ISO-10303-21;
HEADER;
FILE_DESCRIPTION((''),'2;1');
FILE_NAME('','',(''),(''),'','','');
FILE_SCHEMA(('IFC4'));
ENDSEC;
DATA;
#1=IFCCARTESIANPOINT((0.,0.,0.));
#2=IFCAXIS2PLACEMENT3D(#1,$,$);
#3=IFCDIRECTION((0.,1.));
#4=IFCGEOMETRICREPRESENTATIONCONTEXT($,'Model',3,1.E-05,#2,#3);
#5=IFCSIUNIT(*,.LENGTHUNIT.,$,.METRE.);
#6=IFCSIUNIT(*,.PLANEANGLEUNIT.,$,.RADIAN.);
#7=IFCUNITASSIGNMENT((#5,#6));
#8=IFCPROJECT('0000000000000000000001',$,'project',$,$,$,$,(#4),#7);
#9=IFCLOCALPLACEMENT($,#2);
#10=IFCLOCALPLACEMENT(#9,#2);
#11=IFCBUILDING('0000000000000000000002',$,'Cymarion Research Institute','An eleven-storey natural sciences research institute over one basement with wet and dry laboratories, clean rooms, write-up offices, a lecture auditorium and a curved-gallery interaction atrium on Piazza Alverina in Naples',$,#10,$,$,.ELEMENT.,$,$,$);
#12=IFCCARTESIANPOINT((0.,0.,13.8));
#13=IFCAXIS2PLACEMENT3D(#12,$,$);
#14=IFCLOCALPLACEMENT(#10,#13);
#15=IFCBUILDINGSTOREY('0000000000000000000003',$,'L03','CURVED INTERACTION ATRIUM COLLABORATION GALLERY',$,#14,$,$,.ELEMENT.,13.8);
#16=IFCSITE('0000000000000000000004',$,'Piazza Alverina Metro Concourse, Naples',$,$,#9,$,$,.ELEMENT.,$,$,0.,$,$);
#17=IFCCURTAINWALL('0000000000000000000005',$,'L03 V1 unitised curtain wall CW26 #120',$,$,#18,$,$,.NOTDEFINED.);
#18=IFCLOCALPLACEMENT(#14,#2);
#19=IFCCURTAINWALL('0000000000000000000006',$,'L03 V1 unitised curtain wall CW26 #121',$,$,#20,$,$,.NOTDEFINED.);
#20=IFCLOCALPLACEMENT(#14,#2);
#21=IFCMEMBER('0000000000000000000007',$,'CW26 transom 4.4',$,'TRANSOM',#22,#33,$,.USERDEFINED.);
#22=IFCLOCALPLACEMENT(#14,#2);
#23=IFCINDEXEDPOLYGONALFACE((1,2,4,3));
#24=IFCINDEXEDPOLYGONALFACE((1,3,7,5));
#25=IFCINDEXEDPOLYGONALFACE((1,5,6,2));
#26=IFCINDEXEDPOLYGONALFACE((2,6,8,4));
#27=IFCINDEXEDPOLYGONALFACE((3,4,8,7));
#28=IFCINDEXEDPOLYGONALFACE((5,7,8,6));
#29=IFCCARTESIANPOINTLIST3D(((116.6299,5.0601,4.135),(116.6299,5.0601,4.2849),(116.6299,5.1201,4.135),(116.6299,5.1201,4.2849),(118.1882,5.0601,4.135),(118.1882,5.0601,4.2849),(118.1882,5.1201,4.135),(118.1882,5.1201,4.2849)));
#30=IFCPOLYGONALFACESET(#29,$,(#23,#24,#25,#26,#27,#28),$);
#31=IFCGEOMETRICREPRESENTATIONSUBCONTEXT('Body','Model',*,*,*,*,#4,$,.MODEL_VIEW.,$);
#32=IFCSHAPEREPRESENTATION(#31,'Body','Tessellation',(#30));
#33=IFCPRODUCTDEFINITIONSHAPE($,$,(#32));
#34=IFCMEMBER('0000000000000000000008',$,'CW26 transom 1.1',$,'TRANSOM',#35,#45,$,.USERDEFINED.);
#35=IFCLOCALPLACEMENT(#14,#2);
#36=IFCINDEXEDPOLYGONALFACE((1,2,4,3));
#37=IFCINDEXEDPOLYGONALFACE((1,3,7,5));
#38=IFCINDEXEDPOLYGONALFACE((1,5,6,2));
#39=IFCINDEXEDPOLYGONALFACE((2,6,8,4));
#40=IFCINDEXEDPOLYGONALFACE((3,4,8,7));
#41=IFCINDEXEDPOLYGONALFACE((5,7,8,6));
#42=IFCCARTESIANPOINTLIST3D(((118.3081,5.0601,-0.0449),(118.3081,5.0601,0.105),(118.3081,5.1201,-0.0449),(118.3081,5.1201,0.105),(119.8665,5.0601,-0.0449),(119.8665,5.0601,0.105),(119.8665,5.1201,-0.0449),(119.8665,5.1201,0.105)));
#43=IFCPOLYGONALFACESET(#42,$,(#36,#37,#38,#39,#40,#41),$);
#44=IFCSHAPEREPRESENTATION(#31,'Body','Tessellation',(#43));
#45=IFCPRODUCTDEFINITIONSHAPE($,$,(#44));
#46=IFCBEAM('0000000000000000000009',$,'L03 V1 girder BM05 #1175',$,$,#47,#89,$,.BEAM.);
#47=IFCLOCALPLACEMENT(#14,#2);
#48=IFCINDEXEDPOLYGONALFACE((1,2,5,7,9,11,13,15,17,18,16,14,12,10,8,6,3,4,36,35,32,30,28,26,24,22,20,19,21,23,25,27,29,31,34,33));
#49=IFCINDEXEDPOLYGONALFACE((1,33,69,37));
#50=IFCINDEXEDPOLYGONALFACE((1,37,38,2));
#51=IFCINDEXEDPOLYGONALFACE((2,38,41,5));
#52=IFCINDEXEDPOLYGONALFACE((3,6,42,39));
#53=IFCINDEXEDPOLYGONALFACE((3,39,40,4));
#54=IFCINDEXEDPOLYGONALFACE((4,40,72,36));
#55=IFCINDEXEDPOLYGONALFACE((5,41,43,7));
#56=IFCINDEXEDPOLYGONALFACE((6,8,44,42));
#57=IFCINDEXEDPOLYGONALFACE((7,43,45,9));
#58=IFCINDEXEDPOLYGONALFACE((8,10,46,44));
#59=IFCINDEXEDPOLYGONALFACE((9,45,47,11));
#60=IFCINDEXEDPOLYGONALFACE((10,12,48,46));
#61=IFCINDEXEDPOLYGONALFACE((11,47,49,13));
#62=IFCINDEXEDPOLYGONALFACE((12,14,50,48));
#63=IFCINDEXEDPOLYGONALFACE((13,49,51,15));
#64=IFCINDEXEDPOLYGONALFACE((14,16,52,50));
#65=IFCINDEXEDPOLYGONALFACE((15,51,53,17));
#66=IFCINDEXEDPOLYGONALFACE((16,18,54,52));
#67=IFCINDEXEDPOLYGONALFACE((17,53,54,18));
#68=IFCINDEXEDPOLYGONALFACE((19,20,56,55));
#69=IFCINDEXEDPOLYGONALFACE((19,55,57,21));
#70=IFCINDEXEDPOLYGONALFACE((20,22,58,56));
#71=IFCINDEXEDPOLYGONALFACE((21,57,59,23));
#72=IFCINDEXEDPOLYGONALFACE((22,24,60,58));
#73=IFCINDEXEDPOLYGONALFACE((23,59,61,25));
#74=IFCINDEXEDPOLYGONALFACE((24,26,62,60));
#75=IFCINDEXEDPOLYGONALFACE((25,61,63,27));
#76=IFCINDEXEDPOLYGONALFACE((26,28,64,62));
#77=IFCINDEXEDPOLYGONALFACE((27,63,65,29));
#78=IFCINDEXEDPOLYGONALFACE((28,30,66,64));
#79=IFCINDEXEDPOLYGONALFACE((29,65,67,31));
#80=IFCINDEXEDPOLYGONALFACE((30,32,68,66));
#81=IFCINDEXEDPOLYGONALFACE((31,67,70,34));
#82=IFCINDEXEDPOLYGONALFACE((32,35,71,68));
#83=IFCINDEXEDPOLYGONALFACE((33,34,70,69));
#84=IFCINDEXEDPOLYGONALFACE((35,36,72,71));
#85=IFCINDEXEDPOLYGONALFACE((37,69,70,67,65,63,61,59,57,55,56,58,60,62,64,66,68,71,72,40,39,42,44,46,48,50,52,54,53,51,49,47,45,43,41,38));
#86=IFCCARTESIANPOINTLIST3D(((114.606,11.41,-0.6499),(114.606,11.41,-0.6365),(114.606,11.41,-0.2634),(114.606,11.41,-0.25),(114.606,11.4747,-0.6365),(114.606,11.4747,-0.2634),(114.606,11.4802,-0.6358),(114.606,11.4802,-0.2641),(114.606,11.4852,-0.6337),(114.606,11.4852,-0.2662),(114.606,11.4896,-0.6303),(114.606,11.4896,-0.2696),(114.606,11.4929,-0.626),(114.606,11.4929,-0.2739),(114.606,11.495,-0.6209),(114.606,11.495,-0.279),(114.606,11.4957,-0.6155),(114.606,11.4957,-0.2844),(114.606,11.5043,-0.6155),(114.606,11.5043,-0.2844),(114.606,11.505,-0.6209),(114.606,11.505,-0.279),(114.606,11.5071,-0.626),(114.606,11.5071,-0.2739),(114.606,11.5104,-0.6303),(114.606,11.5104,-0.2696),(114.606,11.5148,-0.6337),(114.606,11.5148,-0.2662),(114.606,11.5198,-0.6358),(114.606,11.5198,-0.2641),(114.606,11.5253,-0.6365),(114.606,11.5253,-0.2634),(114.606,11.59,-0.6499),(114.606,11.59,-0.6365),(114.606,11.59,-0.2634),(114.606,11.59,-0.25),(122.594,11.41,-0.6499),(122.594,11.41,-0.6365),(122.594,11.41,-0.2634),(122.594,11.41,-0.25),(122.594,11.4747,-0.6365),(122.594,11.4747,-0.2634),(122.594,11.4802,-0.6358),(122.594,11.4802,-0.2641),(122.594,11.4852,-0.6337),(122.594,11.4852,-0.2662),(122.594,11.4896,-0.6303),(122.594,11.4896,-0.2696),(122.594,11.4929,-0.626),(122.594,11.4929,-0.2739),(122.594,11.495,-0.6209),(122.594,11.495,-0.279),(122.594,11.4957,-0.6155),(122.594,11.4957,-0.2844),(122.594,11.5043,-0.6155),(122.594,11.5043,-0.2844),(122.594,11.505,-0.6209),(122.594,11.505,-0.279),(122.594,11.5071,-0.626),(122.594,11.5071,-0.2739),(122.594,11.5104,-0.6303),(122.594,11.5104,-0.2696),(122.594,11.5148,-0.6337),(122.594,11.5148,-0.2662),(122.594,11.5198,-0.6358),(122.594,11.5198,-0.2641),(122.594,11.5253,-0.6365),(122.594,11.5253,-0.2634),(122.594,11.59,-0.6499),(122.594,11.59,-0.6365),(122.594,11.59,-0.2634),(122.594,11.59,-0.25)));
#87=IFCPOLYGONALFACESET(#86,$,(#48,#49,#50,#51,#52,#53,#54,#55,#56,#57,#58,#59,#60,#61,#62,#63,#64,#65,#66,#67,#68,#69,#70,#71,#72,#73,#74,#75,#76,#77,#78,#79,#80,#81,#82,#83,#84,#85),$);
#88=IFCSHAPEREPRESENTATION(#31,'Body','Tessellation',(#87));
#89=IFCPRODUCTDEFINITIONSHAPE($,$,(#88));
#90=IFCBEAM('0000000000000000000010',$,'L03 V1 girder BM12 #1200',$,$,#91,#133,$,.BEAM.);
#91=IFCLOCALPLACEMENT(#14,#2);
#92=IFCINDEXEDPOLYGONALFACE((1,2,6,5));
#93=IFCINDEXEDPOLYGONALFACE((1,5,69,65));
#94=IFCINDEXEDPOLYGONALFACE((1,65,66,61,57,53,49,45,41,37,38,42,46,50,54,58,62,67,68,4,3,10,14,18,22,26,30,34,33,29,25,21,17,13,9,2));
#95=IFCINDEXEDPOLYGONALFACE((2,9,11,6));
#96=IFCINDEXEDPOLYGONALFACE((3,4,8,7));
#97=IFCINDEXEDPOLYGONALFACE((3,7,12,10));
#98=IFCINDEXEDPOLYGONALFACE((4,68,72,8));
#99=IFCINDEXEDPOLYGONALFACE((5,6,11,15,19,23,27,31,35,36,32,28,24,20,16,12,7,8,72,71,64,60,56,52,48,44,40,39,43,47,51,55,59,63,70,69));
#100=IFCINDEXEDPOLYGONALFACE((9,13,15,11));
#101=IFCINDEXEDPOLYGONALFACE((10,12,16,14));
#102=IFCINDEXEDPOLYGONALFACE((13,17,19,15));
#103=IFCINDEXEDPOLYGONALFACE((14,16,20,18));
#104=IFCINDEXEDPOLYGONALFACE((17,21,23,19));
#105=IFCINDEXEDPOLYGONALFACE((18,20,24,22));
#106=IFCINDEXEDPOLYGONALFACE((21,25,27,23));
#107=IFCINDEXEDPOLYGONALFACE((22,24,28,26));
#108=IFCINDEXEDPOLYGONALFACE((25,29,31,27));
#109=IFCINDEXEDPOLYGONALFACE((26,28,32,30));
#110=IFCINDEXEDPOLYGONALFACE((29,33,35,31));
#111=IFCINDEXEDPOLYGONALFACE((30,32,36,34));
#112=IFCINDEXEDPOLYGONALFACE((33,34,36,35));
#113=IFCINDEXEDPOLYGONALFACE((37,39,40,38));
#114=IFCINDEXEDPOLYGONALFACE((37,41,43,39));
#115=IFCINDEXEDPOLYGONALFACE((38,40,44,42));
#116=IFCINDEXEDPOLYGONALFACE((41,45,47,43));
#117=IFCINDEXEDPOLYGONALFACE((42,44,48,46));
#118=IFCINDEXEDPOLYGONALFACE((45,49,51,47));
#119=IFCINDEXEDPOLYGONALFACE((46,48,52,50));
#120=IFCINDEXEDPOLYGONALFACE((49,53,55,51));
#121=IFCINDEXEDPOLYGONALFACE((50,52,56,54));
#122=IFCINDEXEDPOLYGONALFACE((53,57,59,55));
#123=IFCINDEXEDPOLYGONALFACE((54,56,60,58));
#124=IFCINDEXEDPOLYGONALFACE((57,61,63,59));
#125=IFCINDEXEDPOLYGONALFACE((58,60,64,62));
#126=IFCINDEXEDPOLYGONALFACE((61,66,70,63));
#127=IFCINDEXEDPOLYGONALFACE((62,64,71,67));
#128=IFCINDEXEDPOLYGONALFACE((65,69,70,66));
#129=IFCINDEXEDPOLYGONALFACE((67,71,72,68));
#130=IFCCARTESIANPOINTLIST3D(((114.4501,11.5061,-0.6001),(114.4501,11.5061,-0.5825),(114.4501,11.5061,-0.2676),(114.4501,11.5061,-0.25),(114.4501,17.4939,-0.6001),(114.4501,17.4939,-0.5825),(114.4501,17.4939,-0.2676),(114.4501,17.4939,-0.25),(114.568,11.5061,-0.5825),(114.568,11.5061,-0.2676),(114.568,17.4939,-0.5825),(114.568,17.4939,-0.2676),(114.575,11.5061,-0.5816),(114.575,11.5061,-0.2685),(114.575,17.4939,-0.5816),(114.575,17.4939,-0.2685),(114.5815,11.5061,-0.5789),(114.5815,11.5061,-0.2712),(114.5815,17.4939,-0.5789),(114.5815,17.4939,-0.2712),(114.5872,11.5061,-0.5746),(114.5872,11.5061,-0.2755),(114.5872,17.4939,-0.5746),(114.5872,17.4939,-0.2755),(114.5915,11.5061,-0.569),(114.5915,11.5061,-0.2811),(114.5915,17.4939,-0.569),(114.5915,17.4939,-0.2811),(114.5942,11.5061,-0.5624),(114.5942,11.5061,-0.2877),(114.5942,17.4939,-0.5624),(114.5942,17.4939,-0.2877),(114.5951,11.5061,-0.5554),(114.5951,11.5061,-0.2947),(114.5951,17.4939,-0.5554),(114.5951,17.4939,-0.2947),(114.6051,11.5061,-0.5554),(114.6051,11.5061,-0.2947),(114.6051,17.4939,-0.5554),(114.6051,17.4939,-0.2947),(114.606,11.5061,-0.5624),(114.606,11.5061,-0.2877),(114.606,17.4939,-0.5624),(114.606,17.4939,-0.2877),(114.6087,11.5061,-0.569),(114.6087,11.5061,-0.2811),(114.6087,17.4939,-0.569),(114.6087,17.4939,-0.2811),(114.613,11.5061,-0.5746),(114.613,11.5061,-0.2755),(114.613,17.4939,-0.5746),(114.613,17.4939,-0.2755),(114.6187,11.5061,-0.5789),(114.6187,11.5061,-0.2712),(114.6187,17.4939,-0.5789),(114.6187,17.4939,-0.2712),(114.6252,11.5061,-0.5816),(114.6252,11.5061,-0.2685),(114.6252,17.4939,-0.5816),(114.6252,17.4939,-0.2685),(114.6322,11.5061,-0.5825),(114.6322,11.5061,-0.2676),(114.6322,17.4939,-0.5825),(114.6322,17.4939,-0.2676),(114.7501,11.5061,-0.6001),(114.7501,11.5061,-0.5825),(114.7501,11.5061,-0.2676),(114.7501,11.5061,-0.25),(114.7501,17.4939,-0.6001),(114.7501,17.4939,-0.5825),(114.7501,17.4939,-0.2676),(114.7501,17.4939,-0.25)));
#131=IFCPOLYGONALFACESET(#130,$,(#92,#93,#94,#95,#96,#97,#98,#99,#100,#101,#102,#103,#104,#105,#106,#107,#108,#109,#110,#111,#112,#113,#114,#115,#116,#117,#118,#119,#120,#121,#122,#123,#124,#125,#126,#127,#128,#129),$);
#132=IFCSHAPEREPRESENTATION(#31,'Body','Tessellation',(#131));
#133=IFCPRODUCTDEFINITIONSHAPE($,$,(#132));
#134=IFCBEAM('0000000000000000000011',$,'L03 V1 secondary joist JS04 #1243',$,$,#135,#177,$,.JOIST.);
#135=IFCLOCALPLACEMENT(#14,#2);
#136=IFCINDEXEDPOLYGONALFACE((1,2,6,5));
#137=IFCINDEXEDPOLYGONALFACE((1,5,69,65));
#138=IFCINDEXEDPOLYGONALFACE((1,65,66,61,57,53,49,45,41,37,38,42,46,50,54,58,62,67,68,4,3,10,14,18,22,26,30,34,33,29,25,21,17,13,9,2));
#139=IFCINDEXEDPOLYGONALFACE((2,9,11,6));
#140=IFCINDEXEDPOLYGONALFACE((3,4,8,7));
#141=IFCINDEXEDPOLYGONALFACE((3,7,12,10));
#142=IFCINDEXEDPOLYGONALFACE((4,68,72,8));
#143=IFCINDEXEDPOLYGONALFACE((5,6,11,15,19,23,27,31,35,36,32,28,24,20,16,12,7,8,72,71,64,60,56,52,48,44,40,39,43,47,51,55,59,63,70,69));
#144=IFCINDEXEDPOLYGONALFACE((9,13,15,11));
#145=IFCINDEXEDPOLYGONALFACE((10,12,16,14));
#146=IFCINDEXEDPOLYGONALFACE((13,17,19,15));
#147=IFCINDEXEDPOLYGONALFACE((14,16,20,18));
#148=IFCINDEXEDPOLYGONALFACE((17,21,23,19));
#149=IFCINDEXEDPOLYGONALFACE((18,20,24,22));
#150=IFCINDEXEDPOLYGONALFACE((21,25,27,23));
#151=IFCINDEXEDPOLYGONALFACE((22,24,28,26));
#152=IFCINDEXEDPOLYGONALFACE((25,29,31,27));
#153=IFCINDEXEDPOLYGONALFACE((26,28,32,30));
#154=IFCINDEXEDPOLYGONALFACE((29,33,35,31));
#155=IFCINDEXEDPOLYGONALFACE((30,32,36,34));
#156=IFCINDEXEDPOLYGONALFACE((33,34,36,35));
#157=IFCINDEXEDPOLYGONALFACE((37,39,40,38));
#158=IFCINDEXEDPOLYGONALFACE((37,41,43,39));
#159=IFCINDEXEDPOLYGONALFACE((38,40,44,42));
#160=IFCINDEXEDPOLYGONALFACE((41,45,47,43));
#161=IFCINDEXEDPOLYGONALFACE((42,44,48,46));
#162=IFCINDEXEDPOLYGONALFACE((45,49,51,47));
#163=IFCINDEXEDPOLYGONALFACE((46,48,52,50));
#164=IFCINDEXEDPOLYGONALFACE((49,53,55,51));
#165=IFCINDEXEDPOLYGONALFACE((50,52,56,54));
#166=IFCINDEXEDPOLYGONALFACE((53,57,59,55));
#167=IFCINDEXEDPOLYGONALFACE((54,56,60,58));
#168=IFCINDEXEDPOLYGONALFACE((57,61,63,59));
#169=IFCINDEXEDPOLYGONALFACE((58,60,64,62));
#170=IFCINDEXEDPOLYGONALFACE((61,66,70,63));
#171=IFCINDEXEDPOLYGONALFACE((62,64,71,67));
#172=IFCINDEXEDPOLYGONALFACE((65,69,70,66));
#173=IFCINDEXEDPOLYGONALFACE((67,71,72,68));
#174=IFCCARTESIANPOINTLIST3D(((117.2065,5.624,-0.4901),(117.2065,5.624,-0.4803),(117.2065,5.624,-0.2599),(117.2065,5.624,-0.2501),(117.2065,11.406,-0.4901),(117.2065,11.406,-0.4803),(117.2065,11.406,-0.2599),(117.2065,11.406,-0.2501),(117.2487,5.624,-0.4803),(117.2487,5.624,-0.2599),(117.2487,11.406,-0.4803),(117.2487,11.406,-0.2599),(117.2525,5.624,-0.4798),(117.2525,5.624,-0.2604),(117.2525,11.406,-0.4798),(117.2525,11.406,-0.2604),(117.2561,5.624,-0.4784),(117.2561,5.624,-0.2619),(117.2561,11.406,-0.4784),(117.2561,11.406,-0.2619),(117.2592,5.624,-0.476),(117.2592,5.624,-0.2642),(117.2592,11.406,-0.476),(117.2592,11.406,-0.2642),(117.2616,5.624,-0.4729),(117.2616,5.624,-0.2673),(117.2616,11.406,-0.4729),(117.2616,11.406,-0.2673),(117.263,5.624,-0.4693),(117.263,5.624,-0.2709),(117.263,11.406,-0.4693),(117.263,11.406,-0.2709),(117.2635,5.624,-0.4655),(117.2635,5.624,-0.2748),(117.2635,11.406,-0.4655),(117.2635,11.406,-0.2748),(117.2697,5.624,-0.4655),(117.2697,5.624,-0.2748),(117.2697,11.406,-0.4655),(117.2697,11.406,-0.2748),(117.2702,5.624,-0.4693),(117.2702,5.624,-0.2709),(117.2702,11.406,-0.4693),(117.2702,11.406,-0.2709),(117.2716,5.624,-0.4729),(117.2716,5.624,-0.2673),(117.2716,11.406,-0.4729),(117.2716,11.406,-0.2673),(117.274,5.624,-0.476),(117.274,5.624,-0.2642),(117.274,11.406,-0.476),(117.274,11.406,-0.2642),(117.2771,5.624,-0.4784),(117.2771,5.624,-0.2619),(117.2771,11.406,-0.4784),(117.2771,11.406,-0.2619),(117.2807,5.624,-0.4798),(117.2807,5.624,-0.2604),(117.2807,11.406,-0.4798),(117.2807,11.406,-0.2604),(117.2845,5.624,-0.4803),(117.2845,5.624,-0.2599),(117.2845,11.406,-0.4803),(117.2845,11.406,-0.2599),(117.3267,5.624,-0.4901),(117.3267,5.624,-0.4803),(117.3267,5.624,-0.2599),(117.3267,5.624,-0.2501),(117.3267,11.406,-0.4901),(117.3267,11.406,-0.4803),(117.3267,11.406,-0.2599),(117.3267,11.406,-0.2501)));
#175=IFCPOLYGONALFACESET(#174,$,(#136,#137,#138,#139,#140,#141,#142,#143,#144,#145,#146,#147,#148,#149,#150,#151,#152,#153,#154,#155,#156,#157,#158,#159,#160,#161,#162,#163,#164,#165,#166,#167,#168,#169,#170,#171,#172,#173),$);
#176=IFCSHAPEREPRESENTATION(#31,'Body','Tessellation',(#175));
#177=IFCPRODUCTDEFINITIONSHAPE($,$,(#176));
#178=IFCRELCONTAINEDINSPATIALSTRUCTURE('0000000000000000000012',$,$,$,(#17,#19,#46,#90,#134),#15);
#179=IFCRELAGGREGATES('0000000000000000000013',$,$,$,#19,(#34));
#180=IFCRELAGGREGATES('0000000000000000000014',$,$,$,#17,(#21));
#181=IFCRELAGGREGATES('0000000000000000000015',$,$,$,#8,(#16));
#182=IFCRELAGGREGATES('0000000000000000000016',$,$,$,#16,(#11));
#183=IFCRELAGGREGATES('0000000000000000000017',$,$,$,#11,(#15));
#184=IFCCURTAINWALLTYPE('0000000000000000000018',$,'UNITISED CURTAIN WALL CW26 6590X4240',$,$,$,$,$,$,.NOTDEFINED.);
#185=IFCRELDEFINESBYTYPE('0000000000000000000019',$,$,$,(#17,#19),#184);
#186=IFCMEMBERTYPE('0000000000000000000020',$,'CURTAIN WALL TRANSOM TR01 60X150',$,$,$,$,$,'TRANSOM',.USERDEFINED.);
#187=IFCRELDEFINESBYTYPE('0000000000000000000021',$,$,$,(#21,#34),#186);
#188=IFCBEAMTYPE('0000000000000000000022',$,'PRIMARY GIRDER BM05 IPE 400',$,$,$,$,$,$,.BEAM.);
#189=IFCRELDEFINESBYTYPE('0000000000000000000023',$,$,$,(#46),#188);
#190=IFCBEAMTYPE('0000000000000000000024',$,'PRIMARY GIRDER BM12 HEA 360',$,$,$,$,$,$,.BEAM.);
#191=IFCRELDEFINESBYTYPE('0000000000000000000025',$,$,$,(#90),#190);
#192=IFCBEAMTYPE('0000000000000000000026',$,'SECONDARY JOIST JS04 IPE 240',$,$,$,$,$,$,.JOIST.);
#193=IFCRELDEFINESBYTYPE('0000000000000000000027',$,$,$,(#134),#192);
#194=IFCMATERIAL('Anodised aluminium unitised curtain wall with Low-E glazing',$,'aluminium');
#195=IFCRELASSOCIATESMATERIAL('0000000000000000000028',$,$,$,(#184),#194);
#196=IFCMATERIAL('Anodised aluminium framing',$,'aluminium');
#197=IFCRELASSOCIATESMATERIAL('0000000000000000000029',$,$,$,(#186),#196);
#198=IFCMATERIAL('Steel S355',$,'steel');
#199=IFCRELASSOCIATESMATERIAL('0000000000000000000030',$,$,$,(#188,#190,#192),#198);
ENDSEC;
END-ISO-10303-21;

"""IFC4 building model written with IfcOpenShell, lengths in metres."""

from ifc_helpers import new_model, si_unit, direction, frame, origin, origin_2d, place, context, subcontext, project, spatial, rectangle, i_section, extrude, material, material_profile, profile_set, type_object, element, aggregate, save


model = new_model("IFC4")

# Units and contexts
model_context = context("Model", 3, precision=1e-05, world=origin(), true_north=direction((0.0, 1.0)))
body_context = subcontext(model_context, "Body", "Model", "MODEL_VIEW")
ifc_project = project(units=[si_unit("LENGTHUNIT", "METRE"), si_unit("PLANEANGLEUNIT", "RADIAN")], contexts=[model_context])

# Site, building, storey
site_placement = place(None, origin())
site = spatial("IfcSite", under=ifc_project, at=site_placement, Name="Piazza Alverina Metro Concourse, Naples", CompositionType="ELEMENT", RefElevation=0.0)
building_placement = place(site_placement, origin())
building = spatial("IfcBuilding", under=site, at=building_placement, Name="Cymarion Research Institute", Description="An eleven-storey natural sciences research institute over one basement with wet and dry laboratories, clean rooms, write-up offices, a lecture auditorium and a curved-gallery interaction atrium on Piazza Alverina in Naples", CompositionType="ELEMENT")
storey_placement = place(building_placement, frame((0.0, 0.0, 13.8)))
storey = spatial("IfcBuildingStorey", under=building, at=storey_placement, Name="L03", Description="CURVED INTERACTION ATRIUM COLLABORATION GALLERY", CompositionType="ELEMENT", Elevation=13.8)

# Shared definitions
ifc_material_1 = material(Name="Steel S355", Category="steel")

# Curtain wall
ifc_material_2 = material(Name="Anodised aluminium unitised curtain wall with Low-E glazing", Category="aluminium")
curtain_wall_type = type_object("IfcCurtainWallType", Name="UNITISED CURTAIN WALL CW26 6590X4240", PredefinedType="NOTDEFINED", material=ifc_material_2)
curtain_wall_1_placement = place(storey_placement, origin())
curtain_wall_1 = element("IfcCurtainWall", 1, at=curtain_wall_1_placement, inside=storey, type_object=curtain_wall_type, Name="L03 V1 unitised curtain wall CW26 #120", PredefinedType="NOTDEFINED")
ifc_material_3 = material(Name="Anodised aluminium framing", Category="aluminium")

# Curtain wall
curtain_wall_2_placement = place(storey_placement, origin())
curtain_wall_2 = element("IfcCurtainWall", 2, at=curtain_wall_2_placement, inside=storey, type_object=curtain_wall_type, Name="L03 V1 unitised curtain wall CW26 #121", PredefinedType="NOTDEFINED")

# Members
ifc_material_profile_1 = material_profile(ifc_material_3, rectangle(XDim=0.0601, YDim=0.1499, at=origin_2d()), Name="ALU TRANSOM 60x150")
ifc_profile_set_1 = profile_set([ifc_material_profile_1], Name="Anodised aluminium framing")
member_type_1 = type_object("IfcMemberType", Name="CURTAIN WALL TRANSOM TR01 60X150", ElementType="TRANSOM", PredefinedType="USERDEFINED", material=ifc_profile_set_1)
member_1_placement = place(storey_placement, frame((116.6299, 5.0901, 4.21), z_axis=(1.0, 0.0, 0.0), x_axis=(0.0, 1.0, 0.0)))
member_1 = element("IfcMember", 3, at=member_1_placement, type_object=member_type_1, Name="CW26 transom 4.4", ObjectType="TRANSOM", PredefinedType="USERDEFINED", context=body_context, shape_type="SweptSolid", body=[
    extrude(rectangle(XDim=0.0601, YDim=0.1499, at=origin_2d()), origin(), (0.0, 0.0, 1.0), 1.5583),
])
member_2_placement = place(storey_placement, frame((118.3081, 5.0901, 0.03), z_axis=(1.0, 0.0, 0.0), x_axis=(0.0, 1.0, 0.0)))
member_2 = element("IfcMember", 4, at=member_2_placement, type_object=member_type_1, Name="CW26 transom 1.1", ObjectType="TRANSOM", PredefinedType="USERDEFINED", context=body_context, shape_type="SweptSolid", body=[
    extrude(rectangle(XDim=0.0601, YDim=0.1499, at=origin_2d()), origin(), (0.0, 0.0, 1.0), 1.5583),
])
aggregate(curtain_wall_2, [member_2])

# Beams
ifc_material_profile_2 = material_profile(ifc_material_1, i_section(OverallWidth=0.1799, OverallDepth=0.3999, WebThickness=0.0085, FlangeThickness=0.0134, FilletRadius=0.021, at=origin_2d()), Name="IPE 400")
ifc_profile_set_2 = profile_set([ifc_material_profile_2], Name="Steel S355")
beam_type_1 = type_object("IfcBeamType", Name="PRIMARY GIRDER BM05 IPE 400", PredefinedType="BEAM", material=ifc_profile_set_2)
beam_1_placement = place(storey_placement, frame((114.606, 11.5, -0.45), z_axis=(1.0, 0.0, 0.0), x_axis=(0.0, 1.0, 0.0)))
element("IfcBeam", 5, at=beam_1_placement, inside=storey, type_object=beam_type_1, Name="L03 V1 girder BM05 #1175", PredefinedType="BEAM", context=body_context, shape_type="SweptSolid", body=[
    extrude(i_section(OverallWidth=0.1799, OverallDepth=0.3999, WebThickness=0.0085, FlangeThickness=0.0134, FilletRadius=0.021, at=origin_2d()), origin(), (0.0, 0.0, 1.0), 7.988),
])
ifc_material_profile_3 = material_profile(ifc_material_1, i_section(OverallWidth=0.3, OverallDepth=0.3501, WebThickness=0.01, FlangeThickness=0.0176, FilletRadius=0.0271, at=origin_2d()), Name="HEA 360")
ifc_profile_set_3 = profile_set([ifc_material_profile_3], Name="Steel S355")
beam_type_2 = type_object("IfcBeamType", Name="PRIMARY GIRDER BM12 HEA 360", PredefinedType="BEAM", material=ifc_profile_set_3)
beam_2_placement = place(storey_placement, frame((114.6001, 11.5061, -0.425), z_axis=(0.0, 1.0, 0.0), x_axis=(-1.0, 0.0, 0.0)))
element("IfcBeam", 6, at=beam_2_placement, inside=storey, type_object=beam_type_2, Name="L03 V1 girder BM12 #1200", PredefinedType="BEAM", context=body_context, shape_type="SweptSolid", body=[
    extrude(i_section(OverallWidth=0.3, OverallDepth=0.3501, WebThickness=0.01, FlangeThickness=0.0176, FilletRadius=0.0271, at=origin_2d()), origin(), (0.0, 0.0, 1.0), 5.9878),
])
ifc_material_profile_4 = material_profile(ifc_material_1, i_section(OverallWidth=0.1201, OverallDepth=0.24, WebThickness=0.0061, FlangeThickness=0.0098, FilletRadius=0.0149, at=origin_2d()), Name="IPE 240")
ifc_profile_set_4 = profile_set([ifc_material_profile_4], Name="Steel S355")
beam_type_3 = type_object("IfcBeamType", Name="SECONDARY JOIST JS04 IPE 240", PredefinedType="JOIST", material=ifc_profile_set_4)
beam_3_placement = place(storey_placement, frame((117.2666, 5.624, -0.3701), z_axis=(0.0, 1.0, 0.0), x_axis=(-1.0, 0.0, 0.0)))
element("IfcBeam", 7, at=beam_3_placement, inside=storey, type_object=beam_type_3, Name="L03 V1 secondary joist JS04 #1243", PredefinedType="JOIST", context=body_context, shape_type="SweptSolid", body=[
    extrude(i_section(OverallWidth=0.1201, OverallDepth=0.24, WebThickness=0.0061, FlangeThickness=0.0098, FilletRadius=0.0149, at=origin_2d()), origin(), (0.0, 0.0, 1.0), 5.782),
])

aggregate(curtain_wall_1, [member_1])

save(model, "model.ifc")
